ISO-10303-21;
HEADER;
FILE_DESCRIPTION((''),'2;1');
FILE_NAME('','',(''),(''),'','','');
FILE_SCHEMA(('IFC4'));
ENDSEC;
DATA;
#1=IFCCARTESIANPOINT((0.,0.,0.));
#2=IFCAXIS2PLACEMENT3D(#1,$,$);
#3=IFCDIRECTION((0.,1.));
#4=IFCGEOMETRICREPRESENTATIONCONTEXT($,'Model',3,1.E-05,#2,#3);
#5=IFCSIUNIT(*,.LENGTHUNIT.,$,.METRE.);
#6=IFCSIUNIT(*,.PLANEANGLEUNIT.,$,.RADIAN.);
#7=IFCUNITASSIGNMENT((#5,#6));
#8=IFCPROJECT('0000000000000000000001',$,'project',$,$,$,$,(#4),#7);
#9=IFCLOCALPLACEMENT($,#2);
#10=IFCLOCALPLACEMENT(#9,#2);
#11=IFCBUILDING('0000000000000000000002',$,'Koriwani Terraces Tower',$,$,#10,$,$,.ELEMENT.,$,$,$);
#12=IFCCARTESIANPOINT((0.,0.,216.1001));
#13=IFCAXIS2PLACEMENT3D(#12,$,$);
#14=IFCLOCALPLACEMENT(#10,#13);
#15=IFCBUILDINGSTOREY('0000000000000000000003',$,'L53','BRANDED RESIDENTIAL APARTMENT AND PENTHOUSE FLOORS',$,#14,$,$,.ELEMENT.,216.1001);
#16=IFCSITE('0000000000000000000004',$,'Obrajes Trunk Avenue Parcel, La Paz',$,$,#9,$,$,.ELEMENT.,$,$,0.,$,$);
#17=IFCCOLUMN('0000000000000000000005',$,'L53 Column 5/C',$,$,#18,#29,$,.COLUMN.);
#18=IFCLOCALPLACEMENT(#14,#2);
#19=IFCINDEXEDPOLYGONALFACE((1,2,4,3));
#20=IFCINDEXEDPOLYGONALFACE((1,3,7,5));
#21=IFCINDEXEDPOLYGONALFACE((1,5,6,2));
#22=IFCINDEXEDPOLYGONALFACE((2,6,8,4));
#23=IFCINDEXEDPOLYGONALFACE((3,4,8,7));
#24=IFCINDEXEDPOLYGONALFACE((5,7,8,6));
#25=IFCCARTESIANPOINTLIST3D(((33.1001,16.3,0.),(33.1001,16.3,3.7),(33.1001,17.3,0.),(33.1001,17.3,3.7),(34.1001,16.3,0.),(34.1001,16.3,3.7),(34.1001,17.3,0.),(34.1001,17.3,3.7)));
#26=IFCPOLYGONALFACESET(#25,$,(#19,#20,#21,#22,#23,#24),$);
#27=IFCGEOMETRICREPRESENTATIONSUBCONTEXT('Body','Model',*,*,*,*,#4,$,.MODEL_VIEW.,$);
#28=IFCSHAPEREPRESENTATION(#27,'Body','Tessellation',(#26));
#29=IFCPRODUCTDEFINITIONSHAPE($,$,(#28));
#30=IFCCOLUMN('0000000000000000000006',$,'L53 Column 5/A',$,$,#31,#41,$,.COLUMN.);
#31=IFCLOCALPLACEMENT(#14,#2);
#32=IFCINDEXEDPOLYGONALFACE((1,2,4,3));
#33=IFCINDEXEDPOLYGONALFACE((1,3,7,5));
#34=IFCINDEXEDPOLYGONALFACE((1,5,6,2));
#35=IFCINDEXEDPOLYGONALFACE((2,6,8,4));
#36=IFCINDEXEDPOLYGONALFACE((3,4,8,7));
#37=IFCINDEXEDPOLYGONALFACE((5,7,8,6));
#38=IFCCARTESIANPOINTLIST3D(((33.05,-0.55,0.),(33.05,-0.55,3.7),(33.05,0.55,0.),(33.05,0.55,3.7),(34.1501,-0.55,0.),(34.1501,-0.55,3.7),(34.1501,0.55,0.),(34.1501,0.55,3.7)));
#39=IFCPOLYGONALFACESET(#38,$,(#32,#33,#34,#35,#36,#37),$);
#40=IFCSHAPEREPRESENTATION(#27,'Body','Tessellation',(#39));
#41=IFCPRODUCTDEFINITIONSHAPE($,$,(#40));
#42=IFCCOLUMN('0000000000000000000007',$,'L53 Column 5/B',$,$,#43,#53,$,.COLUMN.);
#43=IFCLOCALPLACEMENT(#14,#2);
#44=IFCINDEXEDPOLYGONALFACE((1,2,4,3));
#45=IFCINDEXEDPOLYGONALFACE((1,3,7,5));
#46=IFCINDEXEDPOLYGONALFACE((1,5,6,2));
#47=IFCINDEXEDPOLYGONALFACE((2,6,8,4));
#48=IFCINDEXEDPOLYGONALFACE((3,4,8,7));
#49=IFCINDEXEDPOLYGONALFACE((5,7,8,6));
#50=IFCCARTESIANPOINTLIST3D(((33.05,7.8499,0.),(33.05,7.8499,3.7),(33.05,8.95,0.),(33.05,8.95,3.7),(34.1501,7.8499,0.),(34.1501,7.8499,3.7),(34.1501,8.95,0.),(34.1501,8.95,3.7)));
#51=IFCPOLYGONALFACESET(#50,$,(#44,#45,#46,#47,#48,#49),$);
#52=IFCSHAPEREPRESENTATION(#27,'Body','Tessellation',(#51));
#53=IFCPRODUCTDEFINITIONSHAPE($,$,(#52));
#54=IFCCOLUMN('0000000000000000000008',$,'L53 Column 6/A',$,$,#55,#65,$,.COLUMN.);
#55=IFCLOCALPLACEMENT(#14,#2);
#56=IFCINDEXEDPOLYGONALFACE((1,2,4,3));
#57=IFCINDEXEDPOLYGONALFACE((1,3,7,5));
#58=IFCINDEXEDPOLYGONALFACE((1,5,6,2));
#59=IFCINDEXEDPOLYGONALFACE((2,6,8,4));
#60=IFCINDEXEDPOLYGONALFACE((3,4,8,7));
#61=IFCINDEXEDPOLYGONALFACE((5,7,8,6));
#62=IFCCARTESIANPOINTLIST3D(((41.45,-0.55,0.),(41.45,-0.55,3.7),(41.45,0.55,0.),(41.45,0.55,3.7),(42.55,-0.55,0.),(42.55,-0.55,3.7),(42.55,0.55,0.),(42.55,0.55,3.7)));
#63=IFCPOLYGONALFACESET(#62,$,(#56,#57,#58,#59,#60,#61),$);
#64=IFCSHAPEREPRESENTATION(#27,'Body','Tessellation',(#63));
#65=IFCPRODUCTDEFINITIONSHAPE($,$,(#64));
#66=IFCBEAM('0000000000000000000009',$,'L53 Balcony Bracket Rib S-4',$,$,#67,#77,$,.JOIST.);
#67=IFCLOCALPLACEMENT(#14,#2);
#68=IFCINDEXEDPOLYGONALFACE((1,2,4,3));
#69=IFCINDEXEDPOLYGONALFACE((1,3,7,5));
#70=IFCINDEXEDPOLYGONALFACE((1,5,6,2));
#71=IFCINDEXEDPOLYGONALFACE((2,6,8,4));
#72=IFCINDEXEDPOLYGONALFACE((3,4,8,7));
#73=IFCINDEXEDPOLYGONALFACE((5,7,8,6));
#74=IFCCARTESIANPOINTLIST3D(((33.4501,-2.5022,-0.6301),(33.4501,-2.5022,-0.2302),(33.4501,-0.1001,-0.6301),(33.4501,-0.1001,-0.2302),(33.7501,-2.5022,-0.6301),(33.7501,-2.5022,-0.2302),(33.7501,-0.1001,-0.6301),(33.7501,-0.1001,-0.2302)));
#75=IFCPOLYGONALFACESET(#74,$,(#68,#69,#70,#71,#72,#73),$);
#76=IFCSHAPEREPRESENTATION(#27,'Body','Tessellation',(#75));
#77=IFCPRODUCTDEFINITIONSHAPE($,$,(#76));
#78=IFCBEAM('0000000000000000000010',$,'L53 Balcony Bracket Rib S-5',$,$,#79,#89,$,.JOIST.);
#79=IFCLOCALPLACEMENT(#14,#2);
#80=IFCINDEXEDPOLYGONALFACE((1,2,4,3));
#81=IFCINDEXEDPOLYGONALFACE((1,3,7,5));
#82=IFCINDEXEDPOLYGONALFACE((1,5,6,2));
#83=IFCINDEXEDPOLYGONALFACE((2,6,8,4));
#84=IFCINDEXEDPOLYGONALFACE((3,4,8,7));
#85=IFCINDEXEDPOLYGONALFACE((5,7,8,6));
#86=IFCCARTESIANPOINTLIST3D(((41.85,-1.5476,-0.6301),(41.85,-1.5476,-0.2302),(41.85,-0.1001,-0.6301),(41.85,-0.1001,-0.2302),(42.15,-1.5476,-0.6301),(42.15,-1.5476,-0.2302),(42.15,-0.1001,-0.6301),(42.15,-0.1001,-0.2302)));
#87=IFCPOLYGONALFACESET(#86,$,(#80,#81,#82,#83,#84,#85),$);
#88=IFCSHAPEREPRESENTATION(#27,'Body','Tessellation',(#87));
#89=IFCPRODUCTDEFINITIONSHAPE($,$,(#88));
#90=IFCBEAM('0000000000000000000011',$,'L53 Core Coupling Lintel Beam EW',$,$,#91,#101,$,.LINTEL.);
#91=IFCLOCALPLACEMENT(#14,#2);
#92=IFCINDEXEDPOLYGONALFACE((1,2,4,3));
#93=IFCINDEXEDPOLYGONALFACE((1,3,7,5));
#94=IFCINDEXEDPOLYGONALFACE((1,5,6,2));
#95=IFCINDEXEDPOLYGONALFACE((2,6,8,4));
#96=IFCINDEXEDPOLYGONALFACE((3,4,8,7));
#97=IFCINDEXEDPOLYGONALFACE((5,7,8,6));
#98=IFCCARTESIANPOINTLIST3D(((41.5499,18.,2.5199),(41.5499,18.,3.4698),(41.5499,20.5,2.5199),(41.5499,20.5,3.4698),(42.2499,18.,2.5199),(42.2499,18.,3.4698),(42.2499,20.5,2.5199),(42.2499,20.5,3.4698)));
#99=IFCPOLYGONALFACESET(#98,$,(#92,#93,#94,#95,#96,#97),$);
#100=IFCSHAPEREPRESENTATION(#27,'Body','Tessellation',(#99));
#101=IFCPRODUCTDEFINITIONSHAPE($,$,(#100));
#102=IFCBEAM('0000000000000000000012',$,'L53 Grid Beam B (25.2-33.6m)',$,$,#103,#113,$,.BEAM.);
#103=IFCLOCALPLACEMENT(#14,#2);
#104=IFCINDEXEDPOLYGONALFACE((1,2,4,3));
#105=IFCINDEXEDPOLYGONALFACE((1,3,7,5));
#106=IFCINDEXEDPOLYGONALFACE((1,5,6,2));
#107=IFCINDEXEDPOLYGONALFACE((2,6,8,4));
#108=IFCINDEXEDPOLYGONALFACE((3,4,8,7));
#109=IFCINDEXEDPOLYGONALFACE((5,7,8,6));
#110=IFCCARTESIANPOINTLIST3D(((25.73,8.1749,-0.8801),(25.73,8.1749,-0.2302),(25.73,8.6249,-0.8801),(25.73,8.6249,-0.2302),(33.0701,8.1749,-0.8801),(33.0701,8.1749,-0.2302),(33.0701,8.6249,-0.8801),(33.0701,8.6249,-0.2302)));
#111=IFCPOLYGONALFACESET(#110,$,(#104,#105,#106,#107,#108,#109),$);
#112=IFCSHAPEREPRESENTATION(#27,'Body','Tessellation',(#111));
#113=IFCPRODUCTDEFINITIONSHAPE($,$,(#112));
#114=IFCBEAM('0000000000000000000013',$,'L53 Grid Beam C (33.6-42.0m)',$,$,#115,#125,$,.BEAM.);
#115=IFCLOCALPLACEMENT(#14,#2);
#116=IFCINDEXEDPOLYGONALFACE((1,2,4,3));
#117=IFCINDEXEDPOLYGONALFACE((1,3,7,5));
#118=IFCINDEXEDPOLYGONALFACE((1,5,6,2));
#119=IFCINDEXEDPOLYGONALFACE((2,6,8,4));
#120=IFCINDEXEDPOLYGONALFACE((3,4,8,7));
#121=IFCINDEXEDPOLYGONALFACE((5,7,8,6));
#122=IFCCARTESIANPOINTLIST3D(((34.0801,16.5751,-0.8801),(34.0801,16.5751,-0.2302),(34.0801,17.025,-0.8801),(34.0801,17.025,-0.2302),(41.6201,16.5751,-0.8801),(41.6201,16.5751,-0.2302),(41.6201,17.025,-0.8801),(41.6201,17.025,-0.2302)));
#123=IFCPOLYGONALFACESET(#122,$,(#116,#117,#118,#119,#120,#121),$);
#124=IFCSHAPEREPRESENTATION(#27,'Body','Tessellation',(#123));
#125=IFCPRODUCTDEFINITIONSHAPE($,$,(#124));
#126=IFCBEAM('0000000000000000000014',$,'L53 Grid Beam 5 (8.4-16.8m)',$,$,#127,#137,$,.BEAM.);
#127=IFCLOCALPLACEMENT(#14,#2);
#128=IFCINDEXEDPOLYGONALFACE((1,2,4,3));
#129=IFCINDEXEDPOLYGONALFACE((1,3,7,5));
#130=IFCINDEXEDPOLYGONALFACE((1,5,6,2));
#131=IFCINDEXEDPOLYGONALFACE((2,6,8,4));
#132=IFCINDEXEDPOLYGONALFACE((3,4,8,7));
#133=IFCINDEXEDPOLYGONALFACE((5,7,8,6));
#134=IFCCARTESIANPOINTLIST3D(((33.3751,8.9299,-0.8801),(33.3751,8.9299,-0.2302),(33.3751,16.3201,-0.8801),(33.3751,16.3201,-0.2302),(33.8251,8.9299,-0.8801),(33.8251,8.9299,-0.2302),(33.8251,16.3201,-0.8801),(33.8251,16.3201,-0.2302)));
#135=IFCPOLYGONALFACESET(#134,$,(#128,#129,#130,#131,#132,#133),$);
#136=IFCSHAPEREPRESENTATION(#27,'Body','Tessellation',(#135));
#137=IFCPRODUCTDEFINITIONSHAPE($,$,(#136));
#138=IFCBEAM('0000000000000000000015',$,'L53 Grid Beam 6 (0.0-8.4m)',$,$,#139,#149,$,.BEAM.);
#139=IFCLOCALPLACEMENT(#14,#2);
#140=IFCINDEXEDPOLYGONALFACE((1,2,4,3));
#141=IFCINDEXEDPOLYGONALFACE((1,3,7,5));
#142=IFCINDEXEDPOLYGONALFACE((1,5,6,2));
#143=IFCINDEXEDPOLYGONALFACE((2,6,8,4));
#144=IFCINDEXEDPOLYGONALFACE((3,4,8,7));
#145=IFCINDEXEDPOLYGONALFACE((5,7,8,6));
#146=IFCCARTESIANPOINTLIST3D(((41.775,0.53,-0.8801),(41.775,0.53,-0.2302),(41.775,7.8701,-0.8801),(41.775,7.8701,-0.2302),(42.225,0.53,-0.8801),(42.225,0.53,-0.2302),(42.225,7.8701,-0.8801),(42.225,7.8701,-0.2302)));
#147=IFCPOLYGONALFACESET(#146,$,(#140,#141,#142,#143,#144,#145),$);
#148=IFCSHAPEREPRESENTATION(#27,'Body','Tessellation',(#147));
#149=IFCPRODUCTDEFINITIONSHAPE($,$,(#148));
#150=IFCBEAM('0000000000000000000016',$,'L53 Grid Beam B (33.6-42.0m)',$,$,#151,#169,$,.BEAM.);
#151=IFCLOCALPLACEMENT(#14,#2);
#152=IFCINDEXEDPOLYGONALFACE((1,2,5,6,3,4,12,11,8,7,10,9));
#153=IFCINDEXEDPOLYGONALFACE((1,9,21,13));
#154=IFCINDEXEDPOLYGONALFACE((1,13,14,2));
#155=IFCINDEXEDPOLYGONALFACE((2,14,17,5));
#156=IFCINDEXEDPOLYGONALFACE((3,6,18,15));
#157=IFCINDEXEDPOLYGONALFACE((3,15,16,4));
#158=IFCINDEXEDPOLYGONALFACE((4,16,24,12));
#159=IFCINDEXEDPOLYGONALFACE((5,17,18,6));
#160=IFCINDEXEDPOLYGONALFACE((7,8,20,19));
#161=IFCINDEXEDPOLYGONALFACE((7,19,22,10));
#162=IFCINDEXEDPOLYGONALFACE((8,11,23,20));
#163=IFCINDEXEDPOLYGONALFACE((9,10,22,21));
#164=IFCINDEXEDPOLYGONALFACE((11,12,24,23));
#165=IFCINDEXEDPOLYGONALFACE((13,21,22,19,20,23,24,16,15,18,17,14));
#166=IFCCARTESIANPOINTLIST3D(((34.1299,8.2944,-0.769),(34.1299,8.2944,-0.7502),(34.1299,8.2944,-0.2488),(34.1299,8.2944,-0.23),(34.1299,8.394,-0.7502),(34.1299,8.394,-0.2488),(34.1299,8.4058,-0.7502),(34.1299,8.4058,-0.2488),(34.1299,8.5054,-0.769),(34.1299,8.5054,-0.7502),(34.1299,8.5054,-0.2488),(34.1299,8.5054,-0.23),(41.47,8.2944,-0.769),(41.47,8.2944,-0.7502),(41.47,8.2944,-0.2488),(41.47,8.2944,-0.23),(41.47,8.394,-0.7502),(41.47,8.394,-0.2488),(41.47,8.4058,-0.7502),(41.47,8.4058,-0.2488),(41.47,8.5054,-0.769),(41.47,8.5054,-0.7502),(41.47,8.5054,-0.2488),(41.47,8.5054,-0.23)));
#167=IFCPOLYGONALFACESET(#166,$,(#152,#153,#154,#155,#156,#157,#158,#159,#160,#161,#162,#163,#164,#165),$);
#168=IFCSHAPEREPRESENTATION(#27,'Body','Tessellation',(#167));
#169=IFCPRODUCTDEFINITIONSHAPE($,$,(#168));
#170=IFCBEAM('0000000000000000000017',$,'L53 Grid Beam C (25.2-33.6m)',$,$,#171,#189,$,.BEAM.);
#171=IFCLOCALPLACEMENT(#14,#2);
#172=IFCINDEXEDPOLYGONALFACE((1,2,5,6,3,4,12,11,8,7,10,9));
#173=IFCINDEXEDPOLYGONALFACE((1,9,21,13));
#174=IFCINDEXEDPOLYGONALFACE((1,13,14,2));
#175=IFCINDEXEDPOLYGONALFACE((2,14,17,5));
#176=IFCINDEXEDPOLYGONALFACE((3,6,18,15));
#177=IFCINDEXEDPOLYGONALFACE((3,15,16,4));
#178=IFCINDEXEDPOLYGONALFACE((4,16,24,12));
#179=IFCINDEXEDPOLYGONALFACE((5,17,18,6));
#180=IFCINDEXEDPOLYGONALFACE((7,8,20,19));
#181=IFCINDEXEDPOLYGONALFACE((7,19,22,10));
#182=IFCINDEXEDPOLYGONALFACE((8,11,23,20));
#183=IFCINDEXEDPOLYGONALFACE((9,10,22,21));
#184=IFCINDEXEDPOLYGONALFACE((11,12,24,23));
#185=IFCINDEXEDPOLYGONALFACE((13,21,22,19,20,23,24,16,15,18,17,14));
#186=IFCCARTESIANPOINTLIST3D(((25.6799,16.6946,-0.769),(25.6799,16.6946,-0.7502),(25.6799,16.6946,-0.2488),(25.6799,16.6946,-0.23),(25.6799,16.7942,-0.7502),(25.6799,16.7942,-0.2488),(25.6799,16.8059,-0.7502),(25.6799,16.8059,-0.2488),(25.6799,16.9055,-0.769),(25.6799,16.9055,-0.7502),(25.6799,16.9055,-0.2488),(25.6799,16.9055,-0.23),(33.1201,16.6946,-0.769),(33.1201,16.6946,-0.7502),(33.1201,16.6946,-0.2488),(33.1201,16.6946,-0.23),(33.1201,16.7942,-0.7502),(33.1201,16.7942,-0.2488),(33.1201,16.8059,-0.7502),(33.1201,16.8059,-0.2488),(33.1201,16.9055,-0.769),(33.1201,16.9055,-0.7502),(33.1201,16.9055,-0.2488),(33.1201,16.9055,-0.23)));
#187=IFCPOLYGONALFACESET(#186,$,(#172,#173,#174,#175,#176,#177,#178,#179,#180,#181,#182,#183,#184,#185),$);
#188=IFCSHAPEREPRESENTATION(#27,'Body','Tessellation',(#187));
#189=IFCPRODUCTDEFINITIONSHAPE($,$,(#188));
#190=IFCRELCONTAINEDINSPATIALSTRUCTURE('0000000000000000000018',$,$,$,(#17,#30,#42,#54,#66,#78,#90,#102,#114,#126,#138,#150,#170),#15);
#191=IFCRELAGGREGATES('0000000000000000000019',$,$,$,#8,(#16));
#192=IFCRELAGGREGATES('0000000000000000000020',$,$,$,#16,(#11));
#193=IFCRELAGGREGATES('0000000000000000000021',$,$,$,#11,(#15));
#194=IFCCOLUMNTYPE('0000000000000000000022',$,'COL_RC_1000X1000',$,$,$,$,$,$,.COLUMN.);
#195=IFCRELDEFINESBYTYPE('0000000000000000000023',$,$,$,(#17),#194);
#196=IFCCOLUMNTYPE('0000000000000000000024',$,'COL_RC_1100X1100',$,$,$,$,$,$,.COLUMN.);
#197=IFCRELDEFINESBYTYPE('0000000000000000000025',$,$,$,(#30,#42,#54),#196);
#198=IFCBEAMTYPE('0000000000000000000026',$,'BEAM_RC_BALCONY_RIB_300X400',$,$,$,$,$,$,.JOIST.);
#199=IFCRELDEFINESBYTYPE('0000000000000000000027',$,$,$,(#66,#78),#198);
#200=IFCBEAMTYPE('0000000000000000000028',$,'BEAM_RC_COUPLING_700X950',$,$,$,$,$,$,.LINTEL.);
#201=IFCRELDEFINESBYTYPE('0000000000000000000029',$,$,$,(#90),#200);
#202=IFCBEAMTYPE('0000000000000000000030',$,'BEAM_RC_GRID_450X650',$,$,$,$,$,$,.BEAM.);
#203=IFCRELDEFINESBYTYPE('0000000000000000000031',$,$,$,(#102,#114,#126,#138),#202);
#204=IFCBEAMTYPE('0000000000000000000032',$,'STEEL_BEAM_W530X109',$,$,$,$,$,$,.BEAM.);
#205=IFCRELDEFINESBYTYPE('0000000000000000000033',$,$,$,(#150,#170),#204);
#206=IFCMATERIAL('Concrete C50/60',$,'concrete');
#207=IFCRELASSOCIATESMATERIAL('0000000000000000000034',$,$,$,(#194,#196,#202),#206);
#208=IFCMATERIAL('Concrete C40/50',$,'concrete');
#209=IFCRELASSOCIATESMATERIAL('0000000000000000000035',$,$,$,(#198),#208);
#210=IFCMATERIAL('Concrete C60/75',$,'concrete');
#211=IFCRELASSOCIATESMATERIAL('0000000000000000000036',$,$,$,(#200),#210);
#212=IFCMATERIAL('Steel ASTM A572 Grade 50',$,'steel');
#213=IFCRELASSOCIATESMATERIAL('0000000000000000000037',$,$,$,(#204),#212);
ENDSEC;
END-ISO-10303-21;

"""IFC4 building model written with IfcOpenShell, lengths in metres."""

from ifc_helpers import new_model, si_unit, direction, frame, origin, origin_2d, place, context, subcontext, project, spatial, rectangle, i_section, extrude, material, material_profile, profile_set, type_object, element, save


model = new_model("IFC4")

# Units and contexts
model_context = context("Model", 3, precision=1e-05, world=origin(), true_north=direction((0.0, 1.0)))
body_context = subcontext(model_context, "Body", "Model", "MODEL_VIEW")
ifc_project = project(units=[si_unit("LENGTHUNIT", "METRE"), si_unit("PLANEANGLEUNIT", "RADIAN")], contexts=[model_context])

# Site, building, storey
site_placement = place(None, origin())
site = spatial("IfcSite", under=ifc_project, at=site_placement, Name="Obrajes Trunk Avenue Parcel, La Paz", CompositionType="ELEMENT", RefElevation=0.0)
building_placement = place(site_placement, origin())
building = spatial("IfcBuilding", under=site, at=building_placement, Name="Koriwani Terraces Tower", CompositionType="ELEMENT")
storey_placement = place(building_placement, frame((0.0, 0.0, 216.1001)))
storey = spatial("IfcBuildingStorey", under=building, at=storey_placement, Name="L53", Description="BRANDED RESIDENTIAL APARTMENT AND PENTHOUSE FLOORS", CompositionType="ELEMENT", Elevation=216.1001)

# Columns
ifc_material_1 = material(Name="Concrete C50/60", Category="concrete")
ifc_material_profile_1 = material_profile(ifc_material_1, rectangle(XDim=1.0, YDim=1.0, at=origin_2d()), Name="Concrete C50/60", Category="LoadBearing")
ifc_profile_set_1 = profile_set([ifc_material_profile_1], Name="Concrete C50/60")
column_type_1 = type_object("IfcColumnType", Name="COL_RC_1000X1000", PredefinedType="COLUMN", material=ifc_profile_set_1)
column_placement = place(storey_placement, frame((33.6001, 16.8, 0.0), z_axis=(0.0, 0.0, 1.0), x_axis=(1.0, 0.0, 0.0)))
element("IfcColumn", 1, at=column_placement, inside=storey, type_object=column_type_1, Name="L53 Column 5/C", PredefinedType="COLUMN", context=body_context, shape_type="SweptSolid", body=[
    extrude(rectangle(XDim=1.0, YDim=1.0, at=origin_2d()), origin(), (0.0, 0.0, 1.0), 3.7),
])
ifc_material_profile_2 = material_profile(ifc_material_1, rectangle(XDim=1.1001, YDim=1.1001, at=origin_2d()), Name="Concrete C50/60", Category="LoadBearing")
ifc_profile_set_2 = profile_set([ifc_material_profile_2], Name="Concrete C50/60")
column_type_2 = type_object("IfcColumnType", Name="COL_RC_1100X1100", PredefinedType="COLUMN", material=ifc_profile_set_2)
for number, where, z_axis, x_axis, name in (
    (2, (33.6001, 0.0, 0.0), (0.0, 0.0, 1.0), (1.0, 0.0, 0.0), "L53 Column 5/A"),
    (3, (33.6001, 8.3999, 0.0), (0.0, 0.0, 1.0), (1.0, 0.0, 0.0), "L53 Column 5/B"),
    (4, (42.0, 0.0, 0.0), (0.0, 0.0, 1.0), (1.0, 0.0, 0.0), "L53 Column 6/A"),
):
    element("IfcColumn", number, at=place(storey_placement, frame(where, z_axis=z_axis, x_axis=x_axis)), inside=storey, type_object=column_type_2, Name=name, PredefinedType="COLUMN", context=body_context, shape_type="SweptSolid", body=[
        extrude(rectangle(XDim=1.1001, YDim=1.1001, at=origin_2d()), origin(), (0.0, 0.0, 1.0), 3.7),
    ])

# Beams
ifc_material_2 = material(Name="Concrete C40/50", Category="concrete")
ifc_material_profile_3 = material_profile(ifc_material_2, rectangle(XDim=0.3, YDim=0.3999, at=origin_2d()), Name="Concrete C40/50", Category="LoadBearing")
ifc_profile_set_3 = profile_set([ifc_material_profile_3], Name="Concrete C40/50")
beam_type_1 = type_object("IfcBeamType", Name="BEAM_RC_BALCONY_RIB_300X400", PredefinedType="JOIST", material=ifc_profile_set_3)
beam_1_placement = place(storey_placement, frame((33.6001, -2.5022, -0.4302), z_axis=(0.0, 1.0, 0.0), x_axis=(-1.0, 0.0, 0.0)))
element("IfcBeam", 5, at=beam_1_placement, inside=storey, type_object=beam_type_1, Name="L53 Balcony Bracket Rib S-4", PredefinedType="JOIST", context=body_context, shape_type="SweptSolid", body=[
    extrude(rectangle(XDim=0.3, YDim=0.3999, at=origin_2d()), origin(), (0.0, 0.0, 1.0), 2.4021),
])
beam_2_placement = place(storey_placement, frame((42.0, -1.5476, -0.4302), z_axis=(0.0, 1.0, 0.0), x_axis=(-1.0, 0.0, 0.0)))
element("IfcBeam", 6, at=beam_2_placement, inside=storey, type_object=beam_type_1, Name="L53 Balcony Bracket Rib S-5", PredefinedType="JOIST", context=body_context, shape_type="SweptSolid", body=[
    extrude(rectangle(XDim=0.3, YDim=0.3999, at=origin_2d()), origin(), (0.0, 0.0, 1.0), 1.4475),
])
ifc_material_3 = material(Name="Concrete C60/75", Category="concrete")
ifc_material_profile_4 = material_profile(ifc_material_3, rectangle(XDim=0.7, YDim=0.95, at=origin_2d()), Name="Concrete C60/75", Category="LoadBearing")
ifc_profile_set_4 = profile_set([ifc_material_profile_4], Name="Concrete C60/75")
beam_type_2 = type_object("IfcBeamType", Name="BEAM_RC_COUPLING_700X950", PredefinedType="LINTEL", material=ifc_profile_set_4)
beam_3_placement = place(storey_placement, frame((41.8999, 18.0, 2.9949), z_axis=(0.0, 1.0, 0.0), x_axis=(-1.0, 0.0, 0.0)))
element("IfcBeam", 7, at=beam_3_placement, inside=storey, type_object=beam_type_2, Name="L53 Core Coupling Lintel Beam EW", PredefinedType="LINTEL", context=body_context, shape_type="SweptSolid", body=[
    extrude(rectangle(XDim=0.7, YDim=0.95, at=origin_2d()), origin(), (0.0, 0.0, 1.0), 2.5),
])
ifc_material_profile_5 = material_profile(ifc_material_1, rectangle(XDim=0.45, YDim=0.6499, at=origin_2d()), Name="Concrete C50/60", Category="LoadBearing")
ifc_profile_set_5 = profile_set([ifc_material_profile_5], Name="Concrete C50/60")
beam_type_3 = type_object("IfcBeamType", Name="BEAM_RC_GRID_450X650", PredefinedType="BEAM", material=ifc_profile_set_5)
beam_4_placement = place(storey_placement, frame((25.73, 8.3999, -0.5552), z_axis=(1.0, 0.0, 0.0), x_axis=(0.0, 1.0, 0.0)))
element("IfcBeam", 8, at=beam_4_placement, inside=storey, type_object=beam_type_3, Name="L53 Grid Beam B (25.2-33.6m)", PredefinedType="BEAM", context=body_context, shape_type="SweptSolid", body=[
    extrude(rectangle(XDim=0.45, YDim=0.6499, at=origin_2d()), origin(), (0.0, 0.0, 1.0), 7.3401),
])
beam_5_placement = place(storey_placement, frame((34.0801, 16.8, -0.5552), z_axis=(1.0, 0.0, 0.0), x_axis=(0.0, 1.0, 0.0)))
element("IfcBeam", 9, at=beam_5_placement, inside=storey, type_object=beam_type_3, Name="L53 Grid Beam C (33.6-42.0m)", PredefinedType="BEAM", context=body_context, shape_type="SweptSolid", body=[
    extrude(rectangle(XDim=0.45, YDim=0.6499, at=origin_2d()), origin(), (0.0, 0.0, 1.0), 7.54),
])
beam_6_placement = place(storey_placement, frame((33.6001, 8.9299, -0.5552), z_axis=(0.0, 1.0, 0.0), x_axis=(-1.0, 0.0, 0.0)))
element("IfcBeam", 10, at=beam_6_placement, inside=storey, type_object=beam_type_3, Name="L53 Grid Beam 5 (8.4-16.8m)", PredefinedType="BEAM", context=body_context, shape_type="SweptSolid", body=[
    extrude(rectangle(XDim=0.45, YDim=0.6499, at=origin_2d()), origin(), (0.0, 0.0, 1.0), 7.3901),
])
beam_7_placement = place(storey_placement, frame((42.0, 0.53, -0.5552), z_axis=(0.0, 1.0, 0.0), x_axis=(-1.0, 0.0, 0.0)))
element("IfcBeam", 11, at=beam_7_placement, inside=storey, type_object=beam_type_3, Name="L53 Grid Beam 6 (0.0-8.4m)", PredefinedType="BEAM", context=body_context, shape_type="SweptSolid", body=[
    extrude(rectangle(XDim=0.45, YDim=0.6499, at=origin_2d()), origin(), (0.0, 0.0, 1.0), 7.3401),
])
ifc_material_4 = material(Name="Steel ASTM A572 Grade 50", Category="steel")
ifc_material_profile_6 = material_profile(ifc_material_4, i_section(OverallWidth=0.2109, OverallDepth=0.5391, WebThickness=0.0117, FlangeThickness=0.0188, at=origin_2d()), Name="Steel ASTM A572 Grade 50", Category="LoadBearing")
ifc_profile_set_6 = profile_set([ifc_material_profile_6], Name="Steel ASTM A572 Grade 50")
beam_type_4 = type_object("IfcBeamType", Name="STEEL_BEAM_W530X109", PredefinedType="BEAM", material=ifc_profile_set_6)
beam_8_placement = place(storey_placement, frame((34.1299, 8.3999, -0.4995), z_axis=(1.0, 0.0, 0.0), x_axis=(0.0, 1.0, 0.0)))
element("IfcBeam", 12, at=beam_8_placement, inside=storey, type_object=beam_type_4, Name="L53 Grid Beam B (33.6-42.0m)", PredefinedType="BEAM", context=body_context, shape_type="SweptSolid", body=[
    extrude(i_section(OverallWidth=0.2109, OverallDepth=0.5391, WebThickness=0.0117, FlangeThickness=0.0188, at=origin_2d()), origin(), (0.0, 0.0, 1.0), 7.3401),
])
beam_9_placement = place(storey_placement, frame((25.6799, 16.8, -0.4995), z_axis=(1.0, 0.0, 0.0), x_axis=(0.0, 1.0, 0.0)))
element("IfcBeam", 13, at=beam_9_placement, inside=storey, type_object=beam_type_4, Name="L53 Grid Beam C (25.2-33.6m)", PredefinedType="BEAM", context=body_context, shape_type="SweptSolid", body=[
    extrude(i_section(OverallWidth=0.2109, OverallDepth=0.5391, WebThickness=0.0117, FlangeThickness=0.0188, at=origin_2d()), origin(), (0.0, 0.0, 1.0), 7.4402),
])

save(model, "model.ifc")
